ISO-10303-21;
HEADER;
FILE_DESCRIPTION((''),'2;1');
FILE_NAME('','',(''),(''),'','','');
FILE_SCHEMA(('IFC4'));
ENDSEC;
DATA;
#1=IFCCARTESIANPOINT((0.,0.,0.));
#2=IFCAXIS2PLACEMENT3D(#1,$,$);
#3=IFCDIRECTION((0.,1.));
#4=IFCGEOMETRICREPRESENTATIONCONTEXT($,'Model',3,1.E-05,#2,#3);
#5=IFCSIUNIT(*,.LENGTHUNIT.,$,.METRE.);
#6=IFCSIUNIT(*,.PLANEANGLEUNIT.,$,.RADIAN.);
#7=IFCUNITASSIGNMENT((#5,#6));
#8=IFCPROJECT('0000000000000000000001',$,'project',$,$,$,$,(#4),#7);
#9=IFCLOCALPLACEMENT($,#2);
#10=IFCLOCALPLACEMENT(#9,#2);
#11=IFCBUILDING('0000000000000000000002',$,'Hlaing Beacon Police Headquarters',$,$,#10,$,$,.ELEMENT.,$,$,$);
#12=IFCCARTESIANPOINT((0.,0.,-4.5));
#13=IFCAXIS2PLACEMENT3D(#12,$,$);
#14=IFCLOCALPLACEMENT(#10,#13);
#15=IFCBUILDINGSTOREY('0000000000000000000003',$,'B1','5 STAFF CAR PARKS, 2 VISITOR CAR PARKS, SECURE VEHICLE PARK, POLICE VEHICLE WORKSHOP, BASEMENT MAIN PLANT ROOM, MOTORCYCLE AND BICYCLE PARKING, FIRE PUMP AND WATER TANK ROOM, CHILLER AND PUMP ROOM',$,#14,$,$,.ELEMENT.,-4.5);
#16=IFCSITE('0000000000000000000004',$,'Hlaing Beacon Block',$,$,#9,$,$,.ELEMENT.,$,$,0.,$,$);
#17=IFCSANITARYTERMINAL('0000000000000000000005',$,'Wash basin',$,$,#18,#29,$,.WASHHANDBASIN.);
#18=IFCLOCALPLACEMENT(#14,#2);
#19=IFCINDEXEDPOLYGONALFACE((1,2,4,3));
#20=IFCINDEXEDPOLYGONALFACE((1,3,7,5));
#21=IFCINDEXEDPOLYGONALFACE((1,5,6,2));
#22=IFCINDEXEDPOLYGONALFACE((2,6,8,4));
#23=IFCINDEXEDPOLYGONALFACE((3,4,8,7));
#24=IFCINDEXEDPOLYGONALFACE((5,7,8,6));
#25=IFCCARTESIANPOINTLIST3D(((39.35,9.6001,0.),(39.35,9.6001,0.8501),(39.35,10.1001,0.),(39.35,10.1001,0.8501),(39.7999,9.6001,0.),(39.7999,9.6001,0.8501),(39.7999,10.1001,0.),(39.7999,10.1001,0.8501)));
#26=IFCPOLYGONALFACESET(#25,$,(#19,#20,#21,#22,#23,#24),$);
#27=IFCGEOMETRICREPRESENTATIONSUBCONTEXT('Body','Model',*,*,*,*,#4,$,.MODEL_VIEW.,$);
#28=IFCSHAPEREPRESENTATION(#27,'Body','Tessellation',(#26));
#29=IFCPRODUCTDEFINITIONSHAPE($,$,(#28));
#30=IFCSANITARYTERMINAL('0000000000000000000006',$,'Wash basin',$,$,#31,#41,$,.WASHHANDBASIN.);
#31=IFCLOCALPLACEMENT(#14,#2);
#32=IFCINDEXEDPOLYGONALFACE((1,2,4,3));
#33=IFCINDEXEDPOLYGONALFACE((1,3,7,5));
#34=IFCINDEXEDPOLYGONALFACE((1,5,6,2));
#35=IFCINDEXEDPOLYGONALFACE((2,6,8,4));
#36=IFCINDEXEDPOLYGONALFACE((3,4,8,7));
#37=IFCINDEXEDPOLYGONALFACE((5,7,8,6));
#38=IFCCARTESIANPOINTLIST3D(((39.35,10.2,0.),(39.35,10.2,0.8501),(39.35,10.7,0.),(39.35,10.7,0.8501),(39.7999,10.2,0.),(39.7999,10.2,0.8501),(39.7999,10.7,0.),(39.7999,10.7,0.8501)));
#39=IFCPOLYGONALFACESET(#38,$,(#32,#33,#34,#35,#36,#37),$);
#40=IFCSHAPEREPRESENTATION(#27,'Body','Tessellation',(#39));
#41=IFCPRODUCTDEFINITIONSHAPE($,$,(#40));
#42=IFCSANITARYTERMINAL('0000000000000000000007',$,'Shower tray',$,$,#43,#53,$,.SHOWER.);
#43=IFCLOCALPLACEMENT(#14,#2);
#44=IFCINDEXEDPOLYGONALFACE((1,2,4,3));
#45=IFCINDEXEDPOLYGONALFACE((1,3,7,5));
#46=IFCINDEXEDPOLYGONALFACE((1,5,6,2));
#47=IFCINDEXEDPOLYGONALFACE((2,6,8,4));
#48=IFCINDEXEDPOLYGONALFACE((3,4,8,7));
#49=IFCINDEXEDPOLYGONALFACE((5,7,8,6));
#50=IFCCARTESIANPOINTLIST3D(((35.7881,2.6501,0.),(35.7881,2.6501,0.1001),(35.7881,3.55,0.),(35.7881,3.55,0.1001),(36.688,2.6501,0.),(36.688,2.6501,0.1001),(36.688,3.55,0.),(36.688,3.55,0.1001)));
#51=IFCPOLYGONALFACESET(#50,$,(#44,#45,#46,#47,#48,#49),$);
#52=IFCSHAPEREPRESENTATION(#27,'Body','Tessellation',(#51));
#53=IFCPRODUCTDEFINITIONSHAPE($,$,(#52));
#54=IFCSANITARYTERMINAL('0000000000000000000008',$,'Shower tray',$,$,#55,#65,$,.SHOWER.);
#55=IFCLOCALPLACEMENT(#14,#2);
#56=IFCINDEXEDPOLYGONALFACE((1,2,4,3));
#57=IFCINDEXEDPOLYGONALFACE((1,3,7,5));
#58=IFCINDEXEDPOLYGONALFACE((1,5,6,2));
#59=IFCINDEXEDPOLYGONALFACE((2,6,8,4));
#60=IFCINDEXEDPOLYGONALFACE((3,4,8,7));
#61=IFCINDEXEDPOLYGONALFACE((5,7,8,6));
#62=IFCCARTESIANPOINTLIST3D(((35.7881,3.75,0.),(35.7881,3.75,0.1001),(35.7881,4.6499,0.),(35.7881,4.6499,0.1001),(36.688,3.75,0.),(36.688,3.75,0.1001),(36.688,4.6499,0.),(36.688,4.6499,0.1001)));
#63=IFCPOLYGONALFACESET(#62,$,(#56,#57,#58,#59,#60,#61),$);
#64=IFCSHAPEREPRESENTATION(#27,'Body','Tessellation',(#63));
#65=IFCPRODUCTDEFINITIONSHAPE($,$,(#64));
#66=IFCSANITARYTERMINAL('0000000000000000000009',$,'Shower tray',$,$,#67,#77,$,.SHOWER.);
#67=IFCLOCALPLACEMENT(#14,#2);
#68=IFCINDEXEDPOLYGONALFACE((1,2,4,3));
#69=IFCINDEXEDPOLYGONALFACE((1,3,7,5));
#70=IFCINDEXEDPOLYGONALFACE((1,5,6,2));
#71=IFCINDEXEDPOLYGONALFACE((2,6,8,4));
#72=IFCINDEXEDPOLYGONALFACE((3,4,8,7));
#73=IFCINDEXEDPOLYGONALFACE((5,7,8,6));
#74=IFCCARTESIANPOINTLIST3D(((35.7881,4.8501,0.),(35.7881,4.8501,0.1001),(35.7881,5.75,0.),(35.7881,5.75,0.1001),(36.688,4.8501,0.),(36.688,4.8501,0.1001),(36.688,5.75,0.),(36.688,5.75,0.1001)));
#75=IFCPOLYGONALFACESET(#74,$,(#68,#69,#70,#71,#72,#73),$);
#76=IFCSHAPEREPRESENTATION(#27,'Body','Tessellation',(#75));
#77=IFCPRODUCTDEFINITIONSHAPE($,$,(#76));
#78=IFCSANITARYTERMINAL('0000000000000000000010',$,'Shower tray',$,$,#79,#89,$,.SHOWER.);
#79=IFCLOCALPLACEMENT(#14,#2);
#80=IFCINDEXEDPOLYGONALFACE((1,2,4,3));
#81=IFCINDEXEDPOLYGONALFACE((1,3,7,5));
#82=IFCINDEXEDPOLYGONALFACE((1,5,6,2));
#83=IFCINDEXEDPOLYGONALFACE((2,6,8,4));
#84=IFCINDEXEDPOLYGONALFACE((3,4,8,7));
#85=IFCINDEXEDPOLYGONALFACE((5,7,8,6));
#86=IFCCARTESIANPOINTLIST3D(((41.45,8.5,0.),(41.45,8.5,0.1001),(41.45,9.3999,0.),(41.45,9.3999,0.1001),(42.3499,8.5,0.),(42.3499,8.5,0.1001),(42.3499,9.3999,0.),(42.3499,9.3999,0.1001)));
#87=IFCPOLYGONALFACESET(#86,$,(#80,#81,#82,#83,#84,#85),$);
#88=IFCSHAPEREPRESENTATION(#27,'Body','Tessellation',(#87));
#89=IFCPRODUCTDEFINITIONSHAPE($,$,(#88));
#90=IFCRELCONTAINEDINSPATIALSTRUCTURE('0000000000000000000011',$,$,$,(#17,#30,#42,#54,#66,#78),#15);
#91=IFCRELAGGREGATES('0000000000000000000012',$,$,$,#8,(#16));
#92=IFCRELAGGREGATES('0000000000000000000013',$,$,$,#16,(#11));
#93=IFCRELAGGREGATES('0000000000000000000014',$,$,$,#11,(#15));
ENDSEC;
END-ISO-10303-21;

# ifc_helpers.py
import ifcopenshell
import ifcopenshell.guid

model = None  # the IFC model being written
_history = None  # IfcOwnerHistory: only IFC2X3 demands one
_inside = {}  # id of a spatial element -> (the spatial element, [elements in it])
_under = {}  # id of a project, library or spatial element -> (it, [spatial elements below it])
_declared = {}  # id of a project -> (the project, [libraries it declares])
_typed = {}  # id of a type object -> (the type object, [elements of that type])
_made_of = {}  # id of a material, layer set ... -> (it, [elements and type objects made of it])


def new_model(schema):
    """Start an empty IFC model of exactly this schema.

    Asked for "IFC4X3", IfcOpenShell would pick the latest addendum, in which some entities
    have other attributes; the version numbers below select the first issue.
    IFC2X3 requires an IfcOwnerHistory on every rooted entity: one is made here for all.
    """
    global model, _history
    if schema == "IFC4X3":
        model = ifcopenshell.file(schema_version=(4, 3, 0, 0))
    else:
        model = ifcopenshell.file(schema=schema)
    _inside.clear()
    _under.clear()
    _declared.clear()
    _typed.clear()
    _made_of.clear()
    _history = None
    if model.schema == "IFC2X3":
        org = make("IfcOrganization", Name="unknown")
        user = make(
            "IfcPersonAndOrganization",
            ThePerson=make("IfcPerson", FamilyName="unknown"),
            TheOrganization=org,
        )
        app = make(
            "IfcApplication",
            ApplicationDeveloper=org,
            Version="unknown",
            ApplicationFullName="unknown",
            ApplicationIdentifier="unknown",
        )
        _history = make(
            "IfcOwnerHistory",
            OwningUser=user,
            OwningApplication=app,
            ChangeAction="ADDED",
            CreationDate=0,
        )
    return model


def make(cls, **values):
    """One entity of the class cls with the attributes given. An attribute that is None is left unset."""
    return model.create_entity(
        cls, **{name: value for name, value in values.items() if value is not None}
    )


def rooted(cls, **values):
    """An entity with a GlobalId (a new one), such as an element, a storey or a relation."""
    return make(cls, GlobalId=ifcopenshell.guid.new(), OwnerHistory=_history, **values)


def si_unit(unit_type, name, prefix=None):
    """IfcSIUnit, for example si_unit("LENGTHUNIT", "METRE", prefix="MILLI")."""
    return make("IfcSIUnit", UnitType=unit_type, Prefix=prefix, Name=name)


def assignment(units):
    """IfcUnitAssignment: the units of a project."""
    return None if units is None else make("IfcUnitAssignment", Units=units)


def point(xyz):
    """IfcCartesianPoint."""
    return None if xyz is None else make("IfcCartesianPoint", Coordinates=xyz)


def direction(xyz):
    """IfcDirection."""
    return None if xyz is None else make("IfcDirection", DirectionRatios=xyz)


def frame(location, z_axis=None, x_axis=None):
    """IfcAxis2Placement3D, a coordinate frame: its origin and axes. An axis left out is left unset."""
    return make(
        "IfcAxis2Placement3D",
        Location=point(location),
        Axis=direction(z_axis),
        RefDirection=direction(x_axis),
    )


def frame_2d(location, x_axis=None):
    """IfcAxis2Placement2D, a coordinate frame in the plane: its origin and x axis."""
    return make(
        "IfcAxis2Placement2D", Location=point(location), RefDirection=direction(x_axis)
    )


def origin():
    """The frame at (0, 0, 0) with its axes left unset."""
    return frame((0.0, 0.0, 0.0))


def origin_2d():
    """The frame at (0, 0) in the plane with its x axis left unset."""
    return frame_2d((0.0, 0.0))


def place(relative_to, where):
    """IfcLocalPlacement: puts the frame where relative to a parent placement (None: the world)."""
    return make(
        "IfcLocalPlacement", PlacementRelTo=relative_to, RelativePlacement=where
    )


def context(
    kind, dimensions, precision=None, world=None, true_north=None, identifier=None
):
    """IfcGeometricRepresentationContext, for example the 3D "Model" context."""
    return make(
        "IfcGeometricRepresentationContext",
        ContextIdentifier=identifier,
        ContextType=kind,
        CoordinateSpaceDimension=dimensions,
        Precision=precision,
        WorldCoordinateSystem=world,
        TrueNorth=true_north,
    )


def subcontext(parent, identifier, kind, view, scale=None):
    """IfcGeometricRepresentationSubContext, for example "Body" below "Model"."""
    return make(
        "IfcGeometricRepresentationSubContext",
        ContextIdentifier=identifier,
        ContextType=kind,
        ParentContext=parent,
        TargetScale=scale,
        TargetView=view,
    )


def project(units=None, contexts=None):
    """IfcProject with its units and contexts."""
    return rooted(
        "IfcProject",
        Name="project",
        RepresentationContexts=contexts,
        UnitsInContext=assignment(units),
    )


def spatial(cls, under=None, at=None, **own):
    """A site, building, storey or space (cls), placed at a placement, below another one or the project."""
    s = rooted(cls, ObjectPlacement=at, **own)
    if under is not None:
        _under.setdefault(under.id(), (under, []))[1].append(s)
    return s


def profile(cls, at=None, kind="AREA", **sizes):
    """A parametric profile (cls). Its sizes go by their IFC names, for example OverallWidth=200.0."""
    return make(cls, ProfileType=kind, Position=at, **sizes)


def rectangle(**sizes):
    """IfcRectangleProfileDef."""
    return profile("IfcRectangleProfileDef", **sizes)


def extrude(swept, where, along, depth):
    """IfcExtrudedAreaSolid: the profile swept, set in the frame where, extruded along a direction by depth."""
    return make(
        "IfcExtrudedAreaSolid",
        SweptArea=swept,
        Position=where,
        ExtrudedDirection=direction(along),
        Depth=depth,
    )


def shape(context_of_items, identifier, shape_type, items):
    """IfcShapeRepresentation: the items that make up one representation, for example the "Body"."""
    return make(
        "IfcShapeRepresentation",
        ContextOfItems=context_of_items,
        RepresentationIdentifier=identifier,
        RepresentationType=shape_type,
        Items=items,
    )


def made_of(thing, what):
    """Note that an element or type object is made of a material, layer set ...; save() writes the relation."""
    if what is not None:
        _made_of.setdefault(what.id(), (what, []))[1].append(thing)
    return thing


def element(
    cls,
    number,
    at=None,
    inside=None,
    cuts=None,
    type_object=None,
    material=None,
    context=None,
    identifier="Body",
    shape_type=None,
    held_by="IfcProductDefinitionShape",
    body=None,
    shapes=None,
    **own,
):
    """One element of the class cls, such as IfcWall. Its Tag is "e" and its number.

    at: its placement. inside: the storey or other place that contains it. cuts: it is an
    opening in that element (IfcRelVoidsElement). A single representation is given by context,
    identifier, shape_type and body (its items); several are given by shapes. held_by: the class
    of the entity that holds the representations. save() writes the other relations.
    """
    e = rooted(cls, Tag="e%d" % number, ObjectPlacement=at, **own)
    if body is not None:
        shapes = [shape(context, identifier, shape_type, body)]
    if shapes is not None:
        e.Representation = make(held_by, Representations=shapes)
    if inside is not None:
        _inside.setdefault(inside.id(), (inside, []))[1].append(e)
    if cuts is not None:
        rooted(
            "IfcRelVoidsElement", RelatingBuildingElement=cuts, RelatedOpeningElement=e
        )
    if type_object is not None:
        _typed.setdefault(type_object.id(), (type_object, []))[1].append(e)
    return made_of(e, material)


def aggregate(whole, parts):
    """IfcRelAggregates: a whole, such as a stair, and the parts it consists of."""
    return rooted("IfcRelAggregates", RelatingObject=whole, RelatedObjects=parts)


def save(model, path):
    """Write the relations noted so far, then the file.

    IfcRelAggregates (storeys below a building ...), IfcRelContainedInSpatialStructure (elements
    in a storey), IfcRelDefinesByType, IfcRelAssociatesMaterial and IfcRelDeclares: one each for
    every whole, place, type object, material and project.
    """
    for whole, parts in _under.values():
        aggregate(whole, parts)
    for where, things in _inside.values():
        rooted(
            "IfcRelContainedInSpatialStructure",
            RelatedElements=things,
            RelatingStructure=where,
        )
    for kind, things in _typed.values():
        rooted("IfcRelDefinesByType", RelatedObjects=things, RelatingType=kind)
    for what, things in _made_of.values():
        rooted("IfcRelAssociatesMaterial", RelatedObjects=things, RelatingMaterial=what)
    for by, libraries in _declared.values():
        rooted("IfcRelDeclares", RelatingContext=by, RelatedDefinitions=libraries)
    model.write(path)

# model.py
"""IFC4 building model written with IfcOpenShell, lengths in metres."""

from ifc_helpers import new_model, si_unit, direction, frame, origin, origin_2d, place, context, subcontext, project, spatial, rectangle, extrude, element, save


model = new_model("IFC4")

# Units and contexts
model_context = context("Model", 3, precision=1e-05, world=origin(), true_north=direction((0.0, 1.0)))
body_context = subcontext(model_context, "Body", "Model", "MODEL_VIEW")
ifc_project = project(units=[si_unit("LENGTHUNIT", "METRE"), si_unit("PLANEANGLEUNIT", "RADIAN")], contexts=[model_context])

# Site, building, storey
site_placement = place(None, origin())
site = spatial("IfcSite", under=ifc_project, at=site_placement, Name="Hlaing Beacon Block", CompositionType="ELEMENT", RefElevation=0.0)
building_placement = place(site_placement, origin())
building = spatial("IfcBuilding", under=site, at=building_placement, Name="Hlaing Beacon Police Headquarters", CompositionType="ELEMENT")
storey_placement = place(building_placement, frame((0.0, 0.0, -4.5)))
storey = spatial("IfcBuildingStorey", under=building, at=storey_placement, Name="B1", Description="5 STAFF CAR PARKS, 2 VISITOR CAR PARKS, SECURE VEHICLE PARK, POLICE VEHICLE WORKSHOP, BASEMENT MAIN PLANT ROOM, MOTORCYCLE AND BICYCLE PARKING, FIRE PUMP AND WATER TANK ROOM, CHILLER AND PUMP ROOM", CompositionType="ELEMENT", Elevation=-4.5)

# Sanitary terminals
for number, where, z_axis, x_axis, name in (
    (1, (39.575, 9.8501, 0.0), (0.0, 0.0, 1.0), (1.0, 0.0, 0.0), "Wash basin"),
    (2, (39.575, 10.45, 0.0), (0.0, 0.0, 1.0), (1.0, 0.0, 0.0), "Wash basin"),
):
    element("IfcSanitaryTerminal", number, at=place(storey_placement, frame(where, z_axis=z_axis, x_axis=x_axis)), inside=storey, Name=name, PredefinedType="WASHHANDBASIN", context=body_context, shape_type="SweptSolid", body=[
        extrude(rectangle(XDim=0.45, YDim=0.5, at=origin_2d()), origin(), (0.0, 0.0, 1.0), 0.8501),
    ])
for number, where, z_axis, x_axis, name in (
    (3, (36.238, 3.1001, 0.0), (0.0, 0.0, 1.0), (1.0, 0.0, 0.0), "Shower tray"),
    (4, (36.238, 4.2, 0.0), (0.0, 0.0, 1.0), (1.0, 0.0, 0.0), "Shower tray"),
    (5, (36.238, 5.3, 0.0), (0.0, 0.0, 1.0), (1.0, 0.0, 0.0), "Shower tray"),
    (6, (41.8999, 8.95, 0.0), (0.0, 0.0, 1.0), (1.0, 0.0, 0.0), "Shower tray"),
):
    element("IfcSanitaryTerminal", number, at=place(storey_placement, frame(where, z_axis=z_axis, x_axis=x_axis)), inside=storey, Name=name, PredefinedType="SHOWER", context=body_context, shape_type="SweptSolid", body=[
        extrude(rectangle(XDim=0.8999, YDim=0.8999, at=origin_2d()), origin(), (0.0, 0.0, 1.0), 0.1001),
    ])

save(model, "model.ifc")
